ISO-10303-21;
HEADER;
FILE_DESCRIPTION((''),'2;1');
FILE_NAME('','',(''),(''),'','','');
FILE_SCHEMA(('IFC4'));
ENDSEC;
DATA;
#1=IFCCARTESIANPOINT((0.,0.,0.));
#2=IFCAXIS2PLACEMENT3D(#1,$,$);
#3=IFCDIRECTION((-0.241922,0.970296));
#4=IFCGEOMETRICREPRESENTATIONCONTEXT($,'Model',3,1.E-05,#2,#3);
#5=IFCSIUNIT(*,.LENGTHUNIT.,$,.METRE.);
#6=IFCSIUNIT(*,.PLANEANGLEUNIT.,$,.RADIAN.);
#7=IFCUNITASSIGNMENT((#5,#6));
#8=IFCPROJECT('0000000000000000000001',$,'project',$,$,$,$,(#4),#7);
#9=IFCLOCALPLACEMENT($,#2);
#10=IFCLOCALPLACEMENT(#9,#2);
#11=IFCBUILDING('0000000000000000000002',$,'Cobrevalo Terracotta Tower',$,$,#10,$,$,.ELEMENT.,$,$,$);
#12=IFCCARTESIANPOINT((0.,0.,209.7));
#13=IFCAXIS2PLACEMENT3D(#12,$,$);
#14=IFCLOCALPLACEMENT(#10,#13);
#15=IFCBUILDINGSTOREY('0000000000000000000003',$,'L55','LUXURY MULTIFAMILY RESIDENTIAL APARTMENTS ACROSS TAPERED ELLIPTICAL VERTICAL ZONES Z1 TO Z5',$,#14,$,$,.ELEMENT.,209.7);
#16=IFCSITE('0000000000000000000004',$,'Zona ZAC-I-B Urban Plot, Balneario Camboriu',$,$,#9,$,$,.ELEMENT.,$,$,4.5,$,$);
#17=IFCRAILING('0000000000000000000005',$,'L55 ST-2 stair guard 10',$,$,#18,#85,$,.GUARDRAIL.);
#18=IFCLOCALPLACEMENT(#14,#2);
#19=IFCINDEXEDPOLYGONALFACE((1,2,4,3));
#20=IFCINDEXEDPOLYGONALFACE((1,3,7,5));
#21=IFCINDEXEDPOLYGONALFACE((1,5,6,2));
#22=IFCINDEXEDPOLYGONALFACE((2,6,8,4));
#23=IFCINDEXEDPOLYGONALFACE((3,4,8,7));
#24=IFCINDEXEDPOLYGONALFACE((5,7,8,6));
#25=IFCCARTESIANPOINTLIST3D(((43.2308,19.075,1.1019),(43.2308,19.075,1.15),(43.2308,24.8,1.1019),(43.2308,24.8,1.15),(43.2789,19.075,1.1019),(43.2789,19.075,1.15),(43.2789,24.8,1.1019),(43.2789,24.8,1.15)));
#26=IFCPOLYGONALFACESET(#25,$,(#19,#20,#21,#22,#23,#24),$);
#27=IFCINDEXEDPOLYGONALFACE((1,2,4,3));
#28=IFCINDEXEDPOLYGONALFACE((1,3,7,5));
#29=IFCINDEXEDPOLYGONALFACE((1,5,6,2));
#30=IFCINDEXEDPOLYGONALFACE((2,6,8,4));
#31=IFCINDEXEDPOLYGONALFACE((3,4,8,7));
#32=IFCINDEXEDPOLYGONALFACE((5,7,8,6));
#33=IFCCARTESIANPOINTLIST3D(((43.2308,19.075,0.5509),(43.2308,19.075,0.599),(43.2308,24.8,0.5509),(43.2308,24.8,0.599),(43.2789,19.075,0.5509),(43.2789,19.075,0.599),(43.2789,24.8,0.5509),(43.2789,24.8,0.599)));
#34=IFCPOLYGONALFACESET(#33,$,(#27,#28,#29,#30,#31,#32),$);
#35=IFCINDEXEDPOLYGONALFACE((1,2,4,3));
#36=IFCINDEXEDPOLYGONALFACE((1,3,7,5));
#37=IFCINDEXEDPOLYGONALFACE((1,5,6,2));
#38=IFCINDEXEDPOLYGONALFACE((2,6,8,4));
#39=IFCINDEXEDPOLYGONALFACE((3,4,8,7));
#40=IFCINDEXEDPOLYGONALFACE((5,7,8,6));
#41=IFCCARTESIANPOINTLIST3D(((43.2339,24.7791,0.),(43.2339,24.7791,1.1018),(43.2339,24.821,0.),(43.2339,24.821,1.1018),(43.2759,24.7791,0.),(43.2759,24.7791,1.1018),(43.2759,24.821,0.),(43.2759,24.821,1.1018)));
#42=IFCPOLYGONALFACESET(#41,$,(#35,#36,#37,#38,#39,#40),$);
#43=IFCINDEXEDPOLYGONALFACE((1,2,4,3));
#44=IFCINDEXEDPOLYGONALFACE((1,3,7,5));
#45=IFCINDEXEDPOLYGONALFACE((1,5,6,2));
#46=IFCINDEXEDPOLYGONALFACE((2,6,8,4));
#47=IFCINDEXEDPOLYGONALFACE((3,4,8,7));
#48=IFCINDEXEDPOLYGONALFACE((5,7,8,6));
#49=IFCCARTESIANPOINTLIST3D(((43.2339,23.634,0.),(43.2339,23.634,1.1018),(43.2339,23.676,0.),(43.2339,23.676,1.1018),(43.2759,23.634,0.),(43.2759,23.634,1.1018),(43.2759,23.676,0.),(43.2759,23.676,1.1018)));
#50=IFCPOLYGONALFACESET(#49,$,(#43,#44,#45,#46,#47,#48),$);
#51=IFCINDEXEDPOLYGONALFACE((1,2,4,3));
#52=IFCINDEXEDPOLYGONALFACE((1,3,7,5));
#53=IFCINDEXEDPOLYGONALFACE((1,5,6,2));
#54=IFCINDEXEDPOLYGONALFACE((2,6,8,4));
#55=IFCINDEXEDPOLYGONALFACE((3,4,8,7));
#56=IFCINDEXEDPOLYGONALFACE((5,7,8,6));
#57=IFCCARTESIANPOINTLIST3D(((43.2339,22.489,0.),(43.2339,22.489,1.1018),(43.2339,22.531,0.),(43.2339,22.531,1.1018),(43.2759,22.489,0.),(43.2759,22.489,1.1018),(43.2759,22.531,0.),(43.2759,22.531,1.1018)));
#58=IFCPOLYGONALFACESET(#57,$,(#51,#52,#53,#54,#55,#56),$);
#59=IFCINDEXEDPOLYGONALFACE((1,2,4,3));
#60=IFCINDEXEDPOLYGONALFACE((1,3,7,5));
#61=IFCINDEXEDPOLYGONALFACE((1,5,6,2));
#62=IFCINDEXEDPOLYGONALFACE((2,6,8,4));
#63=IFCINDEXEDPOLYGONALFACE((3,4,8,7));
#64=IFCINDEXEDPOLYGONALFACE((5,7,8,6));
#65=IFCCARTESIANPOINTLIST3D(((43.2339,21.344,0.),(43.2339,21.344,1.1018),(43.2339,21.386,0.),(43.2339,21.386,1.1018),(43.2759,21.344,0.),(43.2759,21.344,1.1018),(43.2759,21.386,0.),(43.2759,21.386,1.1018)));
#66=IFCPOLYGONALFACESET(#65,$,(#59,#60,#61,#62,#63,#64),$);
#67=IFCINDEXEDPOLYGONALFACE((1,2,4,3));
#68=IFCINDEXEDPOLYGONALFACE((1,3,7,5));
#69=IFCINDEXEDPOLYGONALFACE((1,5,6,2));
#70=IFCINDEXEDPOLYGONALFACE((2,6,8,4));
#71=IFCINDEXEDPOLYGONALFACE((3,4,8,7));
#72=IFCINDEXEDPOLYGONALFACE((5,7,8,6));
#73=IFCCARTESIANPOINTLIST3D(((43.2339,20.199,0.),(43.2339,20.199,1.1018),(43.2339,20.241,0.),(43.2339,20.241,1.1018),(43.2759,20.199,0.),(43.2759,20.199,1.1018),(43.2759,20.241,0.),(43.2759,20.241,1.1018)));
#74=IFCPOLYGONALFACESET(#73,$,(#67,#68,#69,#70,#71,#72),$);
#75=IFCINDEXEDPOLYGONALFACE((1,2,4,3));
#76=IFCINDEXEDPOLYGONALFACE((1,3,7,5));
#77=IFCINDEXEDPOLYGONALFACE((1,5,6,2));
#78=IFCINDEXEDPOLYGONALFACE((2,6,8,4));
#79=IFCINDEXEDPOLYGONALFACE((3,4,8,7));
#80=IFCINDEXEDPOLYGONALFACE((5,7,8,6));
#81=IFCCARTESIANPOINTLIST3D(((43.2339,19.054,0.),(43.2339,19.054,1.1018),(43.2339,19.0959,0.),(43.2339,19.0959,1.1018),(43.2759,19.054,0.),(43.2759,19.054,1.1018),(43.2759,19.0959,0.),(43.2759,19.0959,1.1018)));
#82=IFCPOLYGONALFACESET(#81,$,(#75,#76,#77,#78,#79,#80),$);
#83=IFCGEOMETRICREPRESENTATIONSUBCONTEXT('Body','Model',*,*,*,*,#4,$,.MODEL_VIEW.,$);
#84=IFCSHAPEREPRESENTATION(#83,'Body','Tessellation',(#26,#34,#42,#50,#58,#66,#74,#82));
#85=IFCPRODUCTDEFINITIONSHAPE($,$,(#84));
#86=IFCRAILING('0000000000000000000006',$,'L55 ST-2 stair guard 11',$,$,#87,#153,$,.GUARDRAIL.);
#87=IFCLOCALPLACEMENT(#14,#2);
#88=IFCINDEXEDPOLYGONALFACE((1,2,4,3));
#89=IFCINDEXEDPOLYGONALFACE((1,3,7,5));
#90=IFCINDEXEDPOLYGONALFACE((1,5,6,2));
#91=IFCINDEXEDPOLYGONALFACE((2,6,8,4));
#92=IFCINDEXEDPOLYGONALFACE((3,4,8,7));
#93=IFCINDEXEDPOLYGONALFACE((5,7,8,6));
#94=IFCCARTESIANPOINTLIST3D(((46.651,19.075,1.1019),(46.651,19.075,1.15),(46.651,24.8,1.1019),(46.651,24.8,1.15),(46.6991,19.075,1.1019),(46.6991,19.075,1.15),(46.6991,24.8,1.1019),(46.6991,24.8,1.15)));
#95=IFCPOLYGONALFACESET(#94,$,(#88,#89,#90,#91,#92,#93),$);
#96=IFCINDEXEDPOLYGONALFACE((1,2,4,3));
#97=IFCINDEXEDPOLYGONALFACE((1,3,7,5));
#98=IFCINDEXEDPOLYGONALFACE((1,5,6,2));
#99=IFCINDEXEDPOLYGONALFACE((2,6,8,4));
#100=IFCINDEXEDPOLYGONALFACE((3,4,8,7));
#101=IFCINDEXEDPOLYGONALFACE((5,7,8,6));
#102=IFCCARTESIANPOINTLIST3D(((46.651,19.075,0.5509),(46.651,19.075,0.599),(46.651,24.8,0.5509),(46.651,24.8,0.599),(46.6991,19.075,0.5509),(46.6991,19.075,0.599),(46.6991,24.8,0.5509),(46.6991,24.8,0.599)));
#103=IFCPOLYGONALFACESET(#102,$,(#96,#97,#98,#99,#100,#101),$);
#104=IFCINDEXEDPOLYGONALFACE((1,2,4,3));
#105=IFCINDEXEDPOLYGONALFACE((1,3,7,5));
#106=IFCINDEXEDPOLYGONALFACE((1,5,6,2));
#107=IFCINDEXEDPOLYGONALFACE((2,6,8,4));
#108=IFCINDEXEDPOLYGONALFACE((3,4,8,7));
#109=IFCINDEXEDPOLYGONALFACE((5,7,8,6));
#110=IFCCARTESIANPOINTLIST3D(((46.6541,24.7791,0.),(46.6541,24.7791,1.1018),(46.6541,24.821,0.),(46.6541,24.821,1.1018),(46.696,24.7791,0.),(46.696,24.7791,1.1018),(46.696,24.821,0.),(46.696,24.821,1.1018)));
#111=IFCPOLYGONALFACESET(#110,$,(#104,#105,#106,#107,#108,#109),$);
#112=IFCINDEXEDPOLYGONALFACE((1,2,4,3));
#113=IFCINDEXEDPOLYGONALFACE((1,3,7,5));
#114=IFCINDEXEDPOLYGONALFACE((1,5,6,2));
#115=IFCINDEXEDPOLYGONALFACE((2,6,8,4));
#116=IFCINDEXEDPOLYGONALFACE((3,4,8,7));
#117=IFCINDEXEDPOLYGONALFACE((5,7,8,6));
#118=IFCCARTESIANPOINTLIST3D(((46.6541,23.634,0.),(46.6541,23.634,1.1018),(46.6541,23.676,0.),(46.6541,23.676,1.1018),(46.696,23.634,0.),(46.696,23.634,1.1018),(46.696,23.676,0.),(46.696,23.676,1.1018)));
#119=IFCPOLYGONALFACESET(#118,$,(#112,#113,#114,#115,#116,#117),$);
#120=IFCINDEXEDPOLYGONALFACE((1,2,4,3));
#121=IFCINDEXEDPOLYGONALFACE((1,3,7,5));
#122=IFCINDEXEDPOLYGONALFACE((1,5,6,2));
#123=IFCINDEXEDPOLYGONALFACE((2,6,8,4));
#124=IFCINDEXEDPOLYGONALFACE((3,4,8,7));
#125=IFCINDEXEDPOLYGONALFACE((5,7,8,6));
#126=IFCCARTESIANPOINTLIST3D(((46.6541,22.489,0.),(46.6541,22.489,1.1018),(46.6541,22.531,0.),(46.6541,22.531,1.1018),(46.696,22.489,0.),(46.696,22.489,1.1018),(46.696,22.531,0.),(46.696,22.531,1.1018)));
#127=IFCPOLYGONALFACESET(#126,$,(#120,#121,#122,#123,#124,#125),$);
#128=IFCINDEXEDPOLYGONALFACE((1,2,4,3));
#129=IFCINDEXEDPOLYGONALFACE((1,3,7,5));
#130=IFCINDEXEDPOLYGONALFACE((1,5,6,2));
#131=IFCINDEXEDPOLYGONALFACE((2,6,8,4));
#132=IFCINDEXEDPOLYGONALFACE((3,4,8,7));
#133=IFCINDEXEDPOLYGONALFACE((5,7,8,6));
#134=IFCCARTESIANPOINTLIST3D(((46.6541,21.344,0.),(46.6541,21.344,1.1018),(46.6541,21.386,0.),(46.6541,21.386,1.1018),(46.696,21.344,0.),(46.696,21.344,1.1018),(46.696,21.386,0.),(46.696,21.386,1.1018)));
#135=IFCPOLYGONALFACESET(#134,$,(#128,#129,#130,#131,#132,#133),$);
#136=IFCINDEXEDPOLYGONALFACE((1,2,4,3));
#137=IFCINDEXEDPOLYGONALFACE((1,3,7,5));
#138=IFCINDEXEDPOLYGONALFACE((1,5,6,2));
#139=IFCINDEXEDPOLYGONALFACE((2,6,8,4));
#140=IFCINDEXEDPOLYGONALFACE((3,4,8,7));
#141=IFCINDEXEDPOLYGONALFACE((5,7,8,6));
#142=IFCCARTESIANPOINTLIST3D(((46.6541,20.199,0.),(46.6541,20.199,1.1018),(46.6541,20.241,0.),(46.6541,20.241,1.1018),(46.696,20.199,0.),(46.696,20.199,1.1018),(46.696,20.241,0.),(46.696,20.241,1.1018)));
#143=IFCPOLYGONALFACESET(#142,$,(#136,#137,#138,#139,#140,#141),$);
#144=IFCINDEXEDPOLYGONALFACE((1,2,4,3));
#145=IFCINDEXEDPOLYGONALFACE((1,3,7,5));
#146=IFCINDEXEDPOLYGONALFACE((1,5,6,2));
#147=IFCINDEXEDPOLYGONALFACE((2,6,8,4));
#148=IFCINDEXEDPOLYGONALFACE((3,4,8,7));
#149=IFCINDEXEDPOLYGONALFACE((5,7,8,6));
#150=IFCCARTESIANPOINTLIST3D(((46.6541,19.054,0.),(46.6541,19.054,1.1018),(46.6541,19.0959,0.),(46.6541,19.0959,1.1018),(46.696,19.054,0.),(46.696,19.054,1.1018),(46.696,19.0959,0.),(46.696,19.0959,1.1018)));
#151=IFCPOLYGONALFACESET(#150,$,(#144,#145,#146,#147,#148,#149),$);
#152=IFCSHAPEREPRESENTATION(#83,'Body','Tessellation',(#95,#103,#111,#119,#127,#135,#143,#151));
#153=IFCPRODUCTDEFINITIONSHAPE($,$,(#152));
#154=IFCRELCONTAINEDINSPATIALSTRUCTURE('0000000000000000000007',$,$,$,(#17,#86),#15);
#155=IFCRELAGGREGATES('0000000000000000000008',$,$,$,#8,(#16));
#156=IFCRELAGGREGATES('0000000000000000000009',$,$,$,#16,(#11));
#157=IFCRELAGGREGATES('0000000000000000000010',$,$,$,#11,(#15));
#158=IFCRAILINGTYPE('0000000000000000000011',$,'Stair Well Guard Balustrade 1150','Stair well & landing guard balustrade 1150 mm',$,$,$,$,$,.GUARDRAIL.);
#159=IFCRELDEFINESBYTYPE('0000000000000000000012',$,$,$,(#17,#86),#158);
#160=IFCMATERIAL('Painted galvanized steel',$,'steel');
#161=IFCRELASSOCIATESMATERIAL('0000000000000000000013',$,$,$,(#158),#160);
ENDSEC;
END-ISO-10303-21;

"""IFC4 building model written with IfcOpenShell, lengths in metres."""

from ifc_helpers import new_model, si_unit, direction, frame, origin, origin_2d, place, context, subcontext, project, spatial, rectangle, extrude, material, type_object, element, save


model = new_model("IFC4")

# Units and contexts
model_context = context("Model", 3, precision=1e-05, world=origin(), true_north=direction((-0.241922, 0.970296)))
body_context = subcontext(model_context, "Body", "Model", "MODEL_VIEW")
ifc_project = project(units=[si_unit("LENGTHUNIT", "METRE"), si_unit("PLANEANGLEUNIT", "RADIAN")], contexts=[model_context])

# Site, building, storey
site_placement = place(None, origin())
site = spatial("IfcSite", under=ifc_project, at=site_placement, Name="Zona ZAC-I-B Urban Plot, Balneario Camboriu", CompositionType="ELEMENT", RefElevation=4.5)
building_placement = place(site_placement, origin())
building = spatial("IfcBuilding", under=site, at=building_placement, Name="Cobrevalo Terracotta Tower", CompositionType="ELEMENT")
storey_placement = place(building_placement, frame((0.0, 0.0, 209.7)))
storey = spatial("IfcBuildingStorey", under=building, at=storey_placement, Name="L55", Description="LUXURY MULTIFAMILY RESIDENTIAL APARTMENTS ACROSS TAPERED ELLIPTICAL VERTICAL ZONES Z1 TO Z5", CompositionType="ELEMENT", Elevation=209.7)

# Railings
ifc_material_1 = material(Name="Painted galvanized steel", Category="steel")
railing_type_1 = type_object("IfcRailingType", Name="Stair Well Guard Balustrade 1150", Description="Stair well & landing guard balustrade 1150 mm", PredefinedType="GUARDRAIL", material=ifc_material_1)
for number, where, name in (
    (1, (43.2549, 24.8, 0.0), "L55 ST-2 stair guard 10"),
    (2, (46.675, 24.8, 0.0), "L55 ST-2 stair guard 11"),
):
    element("IfcRailing", number, at=place(storey_placement, frame(where)), inside=storey, type_object=railing_type_1, Name=name, PredefinedType="GUARDRAIL", context=body_context, shape_type="SweptSolid", body=[
        extrude(rectangle(XDim=0.0481, YDim=0.0481, at=origin_2d()), frame((0.0, 0.0, 1.126), z_axis=(0.0, -1.0, 0.0), x_axis=(1.0, 0.0, 0.0)), (0.0, 0.0, 1.0), 5.7251),
        extrude(rectangle(XDim=0.0481, YDim=0.0481, at=origin_2d()), frame((0.0, 0.0, 0.575), z_axis=(0.0, -1.0, 0.0), x_axis=(1.0, 0.0, 0.0)), (0.0, 0.0, 1.0), 5.7251),
        extrude(rectangle(XDim=0.042, YDim=0.042, at=origin_2d()), origin(), (0.0, 0.0, 1.0), 1.1018),
        extrude(rectangle(XDim=0.042, YDim=0.042, at=origin_2d()), frame((0.0, -1.145, 0.0)), (0.0, 0.0, 1.0), 1.1018),
        extrude(rectangle(XDim=0.042, YDim=0.042, at=origin_2d()), frame((0.0, -2.29, 0.0)), (0.0, 0.0, 1.0), 1.1018),
        extrude(rectangle(XDim=0.042, YDim=0.042, at=origin_2d()), frame((0.0, -3.4351, 0.0)), (0.0, 0.0, 1.0), 1.1018),
        extrude(rectangle(XDim=0.042, YDim=0.042, at=origin_2d()), frame((0.0, -4.5801, 0.0)), (0.0, 0.0, 1.0), 1.1018),
        extrude(rectangle(XDim=0.042, YDim=0.042, at=origin_2d()), frame((0.0, -5.7251, 0.0)), (0.0, 0.0, 1.0), 1.1018),
    ])

save(model, "model.ifc")
